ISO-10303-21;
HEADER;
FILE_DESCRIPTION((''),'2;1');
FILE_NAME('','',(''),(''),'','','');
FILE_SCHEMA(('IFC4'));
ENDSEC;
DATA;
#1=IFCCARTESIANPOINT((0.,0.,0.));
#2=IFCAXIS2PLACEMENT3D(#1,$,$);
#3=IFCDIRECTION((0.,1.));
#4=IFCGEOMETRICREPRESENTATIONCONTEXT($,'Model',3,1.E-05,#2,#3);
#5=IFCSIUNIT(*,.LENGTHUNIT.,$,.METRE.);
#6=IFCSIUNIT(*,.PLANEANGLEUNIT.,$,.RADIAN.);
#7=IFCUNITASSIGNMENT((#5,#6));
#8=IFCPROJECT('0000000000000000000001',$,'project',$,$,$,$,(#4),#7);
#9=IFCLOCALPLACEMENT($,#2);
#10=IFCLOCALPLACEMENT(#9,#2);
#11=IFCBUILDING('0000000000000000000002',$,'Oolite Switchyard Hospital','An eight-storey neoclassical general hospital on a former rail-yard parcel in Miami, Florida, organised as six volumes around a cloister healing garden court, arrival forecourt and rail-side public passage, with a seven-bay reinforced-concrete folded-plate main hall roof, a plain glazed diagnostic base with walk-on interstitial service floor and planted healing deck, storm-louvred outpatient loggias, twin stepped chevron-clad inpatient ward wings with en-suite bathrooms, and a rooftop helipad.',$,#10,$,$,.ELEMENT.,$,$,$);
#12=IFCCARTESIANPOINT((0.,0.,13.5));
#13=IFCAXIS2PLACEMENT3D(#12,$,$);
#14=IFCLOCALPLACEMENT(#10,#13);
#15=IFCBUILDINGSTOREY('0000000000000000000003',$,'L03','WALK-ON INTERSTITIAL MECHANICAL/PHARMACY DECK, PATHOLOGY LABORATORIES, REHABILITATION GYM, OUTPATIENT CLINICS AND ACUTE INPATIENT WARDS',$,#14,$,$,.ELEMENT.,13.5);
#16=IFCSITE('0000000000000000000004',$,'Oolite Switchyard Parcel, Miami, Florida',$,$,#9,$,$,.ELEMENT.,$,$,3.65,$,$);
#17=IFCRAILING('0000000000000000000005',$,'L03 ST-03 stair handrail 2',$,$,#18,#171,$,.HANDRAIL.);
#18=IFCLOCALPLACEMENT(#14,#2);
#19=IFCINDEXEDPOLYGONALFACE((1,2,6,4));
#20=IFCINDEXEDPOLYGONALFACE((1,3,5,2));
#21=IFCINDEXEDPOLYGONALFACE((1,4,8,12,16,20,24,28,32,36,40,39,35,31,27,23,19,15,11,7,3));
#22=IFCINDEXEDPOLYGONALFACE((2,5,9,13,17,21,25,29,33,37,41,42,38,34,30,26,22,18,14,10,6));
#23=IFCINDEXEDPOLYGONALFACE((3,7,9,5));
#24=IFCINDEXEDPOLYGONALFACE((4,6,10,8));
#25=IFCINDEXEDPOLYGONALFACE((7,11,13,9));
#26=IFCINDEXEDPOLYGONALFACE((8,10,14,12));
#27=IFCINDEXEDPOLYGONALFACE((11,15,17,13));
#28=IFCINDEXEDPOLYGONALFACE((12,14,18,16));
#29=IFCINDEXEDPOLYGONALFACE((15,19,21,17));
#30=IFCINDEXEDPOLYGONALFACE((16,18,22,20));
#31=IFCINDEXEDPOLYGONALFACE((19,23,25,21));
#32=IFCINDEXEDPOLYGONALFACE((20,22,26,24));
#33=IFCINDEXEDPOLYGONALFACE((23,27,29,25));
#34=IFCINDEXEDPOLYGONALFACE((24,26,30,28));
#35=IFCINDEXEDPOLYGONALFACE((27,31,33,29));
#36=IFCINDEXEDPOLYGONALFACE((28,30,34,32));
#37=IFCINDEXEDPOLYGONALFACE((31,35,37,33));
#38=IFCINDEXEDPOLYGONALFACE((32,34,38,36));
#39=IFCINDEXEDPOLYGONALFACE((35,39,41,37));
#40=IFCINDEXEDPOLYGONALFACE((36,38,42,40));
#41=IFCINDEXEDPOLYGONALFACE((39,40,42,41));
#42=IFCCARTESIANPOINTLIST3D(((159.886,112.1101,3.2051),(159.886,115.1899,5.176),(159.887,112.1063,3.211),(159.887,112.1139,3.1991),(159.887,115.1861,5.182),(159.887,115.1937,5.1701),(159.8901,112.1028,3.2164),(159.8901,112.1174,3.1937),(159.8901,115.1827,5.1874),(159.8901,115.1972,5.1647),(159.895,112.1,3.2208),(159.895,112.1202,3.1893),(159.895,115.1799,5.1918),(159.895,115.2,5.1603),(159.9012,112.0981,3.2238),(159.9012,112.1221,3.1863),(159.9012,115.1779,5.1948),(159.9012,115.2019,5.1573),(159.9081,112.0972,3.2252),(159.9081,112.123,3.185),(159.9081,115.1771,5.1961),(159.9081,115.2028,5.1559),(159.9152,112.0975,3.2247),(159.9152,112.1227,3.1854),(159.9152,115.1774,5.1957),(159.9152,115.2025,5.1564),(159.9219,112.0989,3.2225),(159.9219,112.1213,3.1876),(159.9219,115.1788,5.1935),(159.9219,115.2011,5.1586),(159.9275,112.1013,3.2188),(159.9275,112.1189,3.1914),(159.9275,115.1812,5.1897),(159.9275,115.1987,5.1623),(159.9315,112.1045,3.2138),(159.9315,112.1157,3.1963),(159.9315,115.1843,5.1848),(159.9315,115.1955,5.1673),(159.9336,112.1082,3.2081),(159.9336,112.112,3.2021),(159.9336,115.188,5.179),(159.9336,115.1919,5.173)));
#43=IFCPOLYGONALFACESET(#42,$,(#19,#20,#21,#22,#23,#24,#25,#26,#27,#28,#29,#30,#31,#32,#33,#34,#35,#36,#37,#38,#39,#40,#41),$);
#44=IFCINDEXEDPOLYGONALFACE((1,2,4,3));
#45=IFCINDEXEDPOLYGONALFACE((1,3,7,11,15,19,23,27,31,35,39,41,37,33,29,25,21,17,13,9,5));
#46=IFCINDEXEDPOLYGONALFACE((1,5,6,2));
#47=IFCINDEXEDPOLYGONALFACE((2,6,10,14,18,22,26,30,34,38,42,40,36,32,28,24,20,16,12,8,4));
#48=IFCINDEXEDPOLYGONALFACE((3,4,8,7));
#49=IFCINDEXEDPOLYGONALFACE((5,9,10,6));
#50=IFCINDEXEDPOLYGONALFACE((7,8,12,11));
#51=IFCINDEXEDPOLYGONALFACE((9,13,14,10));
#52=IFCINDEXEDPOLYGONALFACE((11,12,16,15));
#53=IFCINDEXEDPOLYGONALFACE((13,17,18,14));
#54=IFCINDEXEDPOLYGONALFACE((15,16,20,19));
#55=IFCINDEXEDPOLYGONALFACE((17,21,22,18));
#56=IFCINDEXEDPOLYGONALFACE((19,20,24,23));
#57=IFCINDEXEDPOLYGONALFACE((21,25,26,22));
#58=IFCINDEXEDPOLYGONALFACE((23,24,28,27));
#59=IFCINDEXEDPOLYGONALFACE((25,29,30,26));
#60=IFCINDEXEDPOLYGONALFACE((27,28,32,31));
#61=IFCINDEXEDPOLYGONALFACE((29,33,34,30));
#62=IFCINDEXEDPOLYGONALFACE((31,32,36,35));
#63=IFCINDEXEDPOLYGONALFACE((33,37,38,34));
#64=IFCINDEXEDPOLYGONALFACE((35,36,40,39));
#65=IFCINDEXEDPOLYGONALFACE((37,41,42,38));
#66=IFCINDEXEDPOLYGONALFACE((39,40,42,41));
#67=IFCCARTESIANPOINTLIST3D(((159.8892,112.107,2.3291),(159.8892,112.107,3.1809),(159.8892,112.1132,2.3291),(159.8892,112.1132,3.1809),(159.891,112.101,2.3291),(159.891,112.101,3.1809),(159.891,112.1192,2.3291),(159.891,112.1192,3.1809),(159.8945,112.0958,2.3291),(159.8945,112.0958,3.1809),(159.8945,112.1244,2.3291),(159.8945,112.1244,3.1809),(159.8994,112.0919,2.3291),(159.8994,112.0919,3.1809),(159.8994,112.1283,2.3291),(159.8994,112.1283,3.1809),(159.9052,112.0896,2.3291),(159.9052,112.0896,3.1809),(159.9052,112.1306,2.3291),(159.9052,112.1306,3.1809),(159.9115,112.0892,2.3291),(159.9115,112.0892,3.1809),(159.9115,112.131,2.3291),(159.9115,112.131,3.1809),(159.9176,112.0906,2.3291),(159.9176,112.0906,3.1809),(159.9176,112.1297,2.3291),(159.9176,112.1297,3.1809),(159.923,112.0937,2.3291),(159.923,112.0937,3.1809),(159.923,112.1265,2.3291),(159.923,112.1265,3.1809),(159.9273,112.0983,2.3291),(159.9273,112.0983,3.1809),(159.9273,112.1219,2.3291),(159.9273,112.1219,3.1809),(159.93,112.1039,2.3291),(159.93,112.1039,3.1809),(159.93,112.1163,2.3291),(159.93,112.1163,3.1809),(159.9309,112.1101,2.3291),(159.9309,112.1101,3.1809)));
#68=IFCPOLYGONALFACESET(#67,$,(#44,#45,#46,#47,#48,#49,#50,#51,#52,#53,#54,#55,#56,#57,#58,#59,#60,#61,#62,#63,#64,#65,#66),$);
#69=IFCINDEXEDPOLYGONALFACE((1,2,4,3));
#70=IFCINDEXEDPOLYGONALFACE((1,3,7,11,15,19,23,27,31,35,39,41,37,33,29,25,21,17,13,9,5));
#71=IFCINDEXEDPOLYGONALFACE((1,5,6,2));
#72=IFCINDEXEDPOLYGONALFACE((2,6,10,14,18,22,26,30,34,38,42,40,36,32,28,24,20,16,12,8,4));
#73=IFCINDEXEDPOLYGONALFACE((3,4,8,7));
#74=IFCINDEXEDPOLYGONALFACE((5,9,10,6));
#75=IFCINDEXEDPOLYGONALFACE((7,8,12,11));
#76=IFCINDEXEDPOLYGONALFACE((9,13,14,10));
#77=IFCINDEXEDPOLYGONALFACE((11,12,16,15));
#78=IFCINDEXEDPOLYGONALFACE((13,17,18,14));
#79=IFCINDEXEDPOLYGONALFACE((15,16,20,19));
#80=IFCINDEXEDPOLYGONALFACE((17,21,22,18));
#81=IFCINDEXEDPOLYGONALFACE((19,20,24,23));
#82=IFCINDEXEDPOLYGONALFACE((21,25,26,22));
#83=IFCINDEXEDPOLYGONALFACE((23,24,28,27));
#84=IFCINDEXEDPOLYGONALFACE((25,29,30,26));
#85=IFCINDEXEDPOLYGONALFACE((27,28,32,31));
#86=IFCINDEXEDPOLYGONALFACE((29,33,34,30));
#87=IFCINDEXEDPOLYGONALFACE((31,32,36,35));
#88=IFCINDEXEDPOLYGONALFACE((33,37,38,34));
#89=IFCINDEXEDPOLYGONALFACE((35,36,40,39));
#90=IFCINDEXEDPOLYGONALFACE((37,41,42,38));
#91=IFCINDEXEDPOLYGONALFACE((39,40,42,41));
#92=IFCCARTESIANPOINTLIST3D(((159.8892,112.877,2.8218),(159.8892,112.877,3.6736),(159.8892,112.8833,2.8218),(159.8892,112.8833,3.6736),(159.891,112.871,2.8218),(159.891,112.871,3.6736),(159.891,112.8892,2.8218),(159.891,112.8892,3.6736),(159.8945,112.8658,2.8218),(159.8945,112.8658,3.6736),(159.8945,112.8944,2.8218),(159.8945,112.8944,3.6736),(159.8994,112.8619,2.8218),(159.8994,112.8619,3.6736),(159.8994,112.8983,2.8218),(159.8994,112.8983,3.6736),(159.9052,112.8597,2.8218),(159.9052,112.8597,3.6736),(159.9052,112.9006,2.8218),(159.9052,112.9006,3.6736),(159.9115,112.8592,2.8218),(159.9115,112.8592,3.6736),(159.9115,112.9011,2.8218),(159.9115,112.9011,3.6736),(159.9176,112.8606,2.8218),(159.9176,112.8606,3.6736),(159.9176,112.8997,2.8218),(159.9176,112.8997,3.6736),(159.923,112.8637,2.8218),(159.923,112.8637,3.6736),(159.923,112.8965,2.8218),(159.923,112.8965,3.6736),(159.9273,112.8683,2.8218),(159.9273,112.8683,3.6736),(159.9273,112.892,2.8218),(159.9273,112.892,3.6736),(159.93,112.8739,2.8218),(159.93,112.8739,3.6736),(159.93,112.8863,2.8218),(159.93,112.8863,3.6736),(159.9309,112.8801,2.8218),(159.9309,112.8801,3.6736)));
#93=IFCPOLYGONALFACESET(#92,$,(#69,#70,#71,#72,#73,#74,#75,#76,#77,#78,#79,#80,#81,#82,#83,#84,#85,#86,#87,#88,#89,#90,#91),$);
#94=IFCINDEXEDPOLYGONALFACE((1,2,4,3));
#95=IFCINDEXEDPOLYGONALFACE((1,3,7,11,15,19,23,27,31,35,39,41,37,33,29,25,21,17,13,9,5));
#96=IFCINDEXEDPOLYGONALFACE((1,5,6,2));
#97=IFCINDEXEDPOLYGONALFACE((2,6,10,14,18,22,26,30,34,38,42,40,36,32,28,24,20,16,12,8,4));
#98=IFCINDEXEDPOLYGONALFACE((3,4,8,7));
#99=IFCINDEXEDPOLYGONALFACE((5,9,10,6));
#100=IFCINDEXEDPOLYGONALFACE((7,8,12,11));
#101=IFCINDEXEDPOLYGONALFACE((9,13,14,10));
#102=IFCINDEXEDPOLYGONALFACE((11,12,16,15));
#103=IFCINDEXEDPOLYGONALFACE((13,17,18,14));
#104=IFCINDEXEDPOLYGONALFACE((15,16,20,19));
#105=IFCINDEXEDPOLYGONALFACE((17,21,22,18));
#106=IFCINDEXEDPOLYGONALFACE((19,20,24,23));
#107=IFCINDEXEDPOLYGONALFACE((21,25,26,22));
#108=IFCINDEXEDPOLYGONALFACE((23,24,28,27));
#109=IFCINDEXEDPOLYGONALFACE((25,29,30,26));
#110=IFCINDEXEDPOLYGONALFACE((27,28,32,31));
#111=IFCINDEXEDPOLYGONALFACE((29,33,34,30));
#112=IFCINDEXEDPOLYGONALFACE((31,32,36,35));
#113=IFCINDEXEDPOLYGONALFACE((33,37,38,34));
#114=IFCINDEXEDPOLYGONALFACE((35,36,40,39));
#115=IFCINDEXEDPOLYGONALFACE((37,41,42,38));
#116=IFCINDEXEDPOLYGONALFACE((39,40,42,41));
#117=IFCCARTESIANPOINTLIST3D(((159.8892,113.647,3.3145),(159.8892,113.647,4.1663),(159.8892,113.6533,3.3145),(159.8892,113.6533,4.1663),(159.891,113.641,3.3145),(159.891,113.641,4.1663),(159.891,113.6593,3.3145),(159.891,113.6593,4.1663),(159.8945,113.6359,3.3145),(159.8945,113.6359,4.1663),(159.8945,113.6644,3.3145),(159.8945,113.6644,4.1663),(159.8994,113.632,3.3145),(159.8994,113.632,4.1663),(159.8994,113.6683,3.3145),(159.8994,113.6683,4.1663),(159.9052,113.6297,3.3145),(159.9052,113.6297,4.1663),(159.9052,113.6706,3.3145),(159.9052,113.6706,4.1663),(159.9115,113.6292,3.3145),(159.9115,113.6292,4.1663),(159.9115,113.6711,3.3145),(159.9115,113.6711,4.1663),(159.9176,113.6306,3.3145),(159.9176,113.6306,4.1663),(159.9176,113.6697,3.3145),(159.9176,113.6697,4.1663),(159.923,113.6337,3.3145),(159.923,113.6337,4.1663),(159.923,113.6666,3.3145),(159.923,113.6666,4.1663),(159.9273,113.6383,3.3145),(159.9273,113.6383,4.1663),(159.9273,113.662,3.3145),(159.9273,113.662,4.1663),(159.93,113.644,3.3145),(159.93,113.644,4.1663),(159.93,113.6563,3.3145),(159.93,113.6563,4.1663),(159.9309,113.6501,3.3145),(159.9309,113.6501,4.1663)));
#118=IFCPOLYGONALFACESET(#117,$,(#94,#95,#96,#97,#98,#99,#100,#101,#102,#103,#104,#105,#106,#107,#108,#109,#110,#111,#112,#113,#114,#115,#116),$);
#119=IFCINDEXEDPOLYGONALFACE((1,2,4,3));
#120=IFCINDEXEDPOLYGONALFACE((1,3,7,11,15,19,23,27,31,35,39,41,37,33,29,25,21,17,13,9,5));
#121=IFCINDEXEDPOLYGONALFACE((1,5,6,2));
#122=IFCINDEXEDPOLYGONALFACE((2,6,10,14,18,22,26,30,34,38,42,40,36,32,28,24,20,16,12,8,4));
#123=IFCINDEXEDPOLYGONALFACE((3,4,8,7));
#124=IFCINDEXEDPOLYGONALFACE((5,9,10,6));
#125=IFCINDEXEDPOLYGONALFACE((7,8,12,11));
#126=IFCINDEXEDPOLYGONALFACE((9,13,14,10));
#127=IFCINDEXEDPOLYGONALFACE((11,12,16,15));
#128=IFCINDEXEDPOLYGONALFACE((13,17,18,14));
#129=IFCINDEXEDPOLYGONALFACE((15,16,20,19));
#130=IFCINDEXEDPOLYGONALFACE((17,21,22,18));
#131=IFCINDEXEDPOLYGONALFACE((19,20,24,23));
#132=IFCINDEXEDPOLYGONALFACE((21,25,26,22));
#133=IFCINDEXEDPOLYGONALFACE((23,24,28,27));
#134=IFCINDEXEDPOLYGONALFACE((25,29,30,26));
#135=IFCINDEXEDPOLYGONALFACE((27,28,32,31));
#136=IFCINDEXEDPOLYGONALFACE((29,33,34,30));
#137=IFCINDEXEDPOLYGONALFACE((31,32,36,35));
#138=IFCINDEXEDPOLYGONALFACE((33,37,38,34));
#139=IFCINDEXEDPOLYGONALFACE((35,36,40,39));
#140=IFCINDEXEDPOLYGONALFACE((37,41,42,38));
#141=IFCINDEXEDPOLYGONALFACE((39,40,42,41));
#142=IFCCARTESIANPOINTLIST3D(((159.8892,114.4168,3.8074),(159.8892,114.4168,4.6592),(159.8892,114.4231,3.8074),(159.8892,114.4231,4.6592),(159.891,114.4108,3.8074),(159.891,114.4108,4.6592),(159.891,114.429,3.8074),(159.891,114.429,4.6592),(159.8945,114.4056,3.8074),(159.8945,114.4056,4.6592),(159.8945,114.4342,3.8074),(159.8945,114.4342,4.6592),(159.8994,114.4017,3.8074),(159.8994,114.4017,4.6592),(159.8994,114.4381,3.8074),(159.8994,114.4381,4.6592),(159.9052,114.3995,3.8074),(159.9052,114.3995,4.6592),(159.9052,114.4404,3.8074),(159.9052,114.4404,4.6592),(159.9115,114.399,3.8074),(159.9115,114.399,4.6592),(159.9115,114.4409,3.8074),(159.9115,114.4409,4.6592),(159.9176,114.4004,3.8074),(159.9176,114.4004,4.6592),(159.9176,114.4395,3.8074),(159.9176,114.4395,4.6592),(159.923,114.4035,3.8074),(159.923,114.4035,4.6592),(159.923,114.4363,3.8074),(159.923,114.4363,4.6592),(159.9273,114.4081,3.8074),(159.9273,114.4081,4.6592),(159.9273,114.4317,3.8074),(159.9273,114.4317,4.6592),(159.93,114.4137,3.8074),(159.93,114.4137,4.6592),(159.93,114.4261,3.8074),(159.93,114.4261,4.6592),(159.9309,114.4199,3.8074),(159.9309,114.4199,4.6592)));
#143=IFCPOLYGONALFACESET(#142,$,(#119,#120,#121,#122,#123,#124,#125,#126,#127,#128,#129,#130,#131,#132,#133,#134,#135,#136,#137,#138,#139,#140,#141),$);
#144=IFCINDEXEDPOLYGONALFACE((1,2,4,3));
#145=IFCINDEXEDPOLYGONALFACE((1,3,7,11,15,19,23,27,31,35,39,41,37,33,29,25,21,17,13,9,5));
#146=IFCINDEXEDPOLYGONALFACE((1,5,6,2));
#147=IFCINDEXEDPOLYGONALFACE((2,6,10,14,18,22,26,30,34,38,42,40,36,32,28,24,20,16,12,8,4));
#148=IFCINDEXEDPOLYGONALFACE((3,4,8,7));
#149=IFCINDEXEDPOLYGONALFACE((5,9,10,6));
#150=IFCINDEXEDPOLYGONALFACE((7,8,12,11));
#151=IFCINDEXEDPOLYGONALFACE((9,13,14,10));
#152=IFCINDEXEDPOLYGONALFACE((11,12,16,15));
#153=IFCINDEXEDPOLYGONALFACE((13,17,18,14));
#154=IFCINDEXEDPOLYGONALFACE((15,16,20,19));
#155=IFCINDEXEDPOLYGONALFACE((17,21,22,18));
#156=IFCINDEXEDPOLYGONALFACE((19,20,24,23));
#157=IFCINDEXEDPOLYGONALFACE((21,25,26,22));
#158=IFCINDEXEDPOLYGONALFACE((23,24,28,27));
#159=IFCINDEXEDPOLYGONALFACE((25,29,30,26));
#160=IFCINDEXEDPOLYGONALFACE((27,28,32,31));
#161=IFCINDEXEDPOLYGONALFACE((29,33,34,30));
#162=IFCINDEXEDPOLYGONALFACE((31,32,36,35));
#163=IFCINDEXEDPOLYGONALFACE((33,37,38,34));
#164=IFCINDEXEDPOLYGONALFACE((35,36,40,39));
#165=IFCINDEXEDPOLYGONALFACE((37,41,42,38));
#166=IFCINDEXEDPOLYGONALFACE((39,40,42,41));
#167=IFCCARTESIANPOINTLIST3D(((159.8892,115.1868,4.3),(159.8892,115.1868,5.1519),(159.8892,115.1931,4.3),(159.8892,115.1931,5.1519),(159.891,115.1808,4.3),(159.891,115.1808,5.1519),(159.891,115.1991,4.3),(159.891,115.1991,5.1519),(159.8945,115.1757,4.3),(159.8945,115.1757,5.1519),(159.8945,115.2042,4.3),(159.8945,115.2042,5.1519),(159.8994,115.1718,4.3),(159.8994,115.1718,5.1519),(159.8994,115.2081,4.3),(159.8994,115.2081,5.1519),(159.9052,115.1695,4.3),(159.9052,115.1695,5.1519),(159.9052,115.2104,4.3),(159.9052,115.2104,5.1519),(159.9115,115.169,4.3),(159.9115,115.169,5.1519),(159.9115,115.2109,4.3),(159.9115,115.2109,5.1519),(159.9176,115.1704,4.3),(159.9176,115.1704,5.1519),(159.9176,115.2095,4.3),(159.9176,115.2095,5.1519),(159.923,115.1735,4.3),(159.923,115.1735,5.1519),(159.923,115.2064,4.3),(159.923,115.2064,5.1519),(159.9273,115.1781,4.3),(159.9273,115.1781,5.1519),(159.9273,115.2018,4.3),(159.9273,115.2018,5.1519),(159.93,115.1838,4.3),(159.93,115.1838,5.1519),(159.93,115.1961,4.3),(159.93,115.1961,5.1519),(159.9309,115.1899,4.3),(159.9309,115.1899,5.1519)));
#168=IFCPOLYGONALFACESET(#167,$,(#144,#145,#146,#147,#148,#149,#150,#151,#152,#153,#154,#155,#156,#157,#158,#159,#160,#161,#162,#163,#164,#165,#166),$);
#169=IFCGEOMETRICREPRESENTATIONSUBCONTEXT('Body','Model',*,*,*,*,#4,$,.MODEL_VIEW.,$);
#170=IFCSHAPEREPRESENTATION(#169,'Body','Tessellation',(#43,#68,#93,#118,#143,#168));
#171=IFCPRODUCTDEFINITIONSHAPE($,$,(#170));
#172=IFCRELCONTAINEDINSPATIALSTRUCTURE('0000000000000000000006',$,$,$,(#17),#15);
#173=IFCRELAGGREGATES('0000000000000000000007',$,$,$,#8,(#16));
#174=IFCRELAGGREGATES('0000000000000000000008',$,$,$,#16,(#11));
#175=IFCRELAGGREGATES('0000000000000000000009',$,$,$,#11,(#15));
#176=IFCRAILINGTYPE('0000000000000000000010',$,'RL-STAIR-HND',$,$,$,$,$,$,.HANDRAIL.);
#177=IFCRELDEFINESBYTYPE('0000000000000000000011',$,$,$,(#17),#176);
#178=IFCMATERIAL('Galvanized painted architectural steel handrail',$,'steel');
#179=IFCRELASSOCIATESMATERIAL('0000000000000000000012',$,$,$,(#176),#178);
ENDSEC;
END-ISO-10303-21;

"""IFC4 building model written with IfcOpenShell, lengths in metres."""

from ifc_helpers import new_model, si_unit, direction, frame, origin, origin_2d, place, context, subcontext, project, spatial, circle, extrude, material, type_object, element, save


model = new_model("IFC4")

# Units and contexts
model_context = context("Model", 3, precision=1e-05, world=origin(), true_north=direction((0.0, 1.0)))
body_context = subcontext(model_context, "Body", "Model", "MODEL_VIEW")
ifc_project = project(units=[si_unit("LENGTHUNIT", "METRE"), si_unit("PLANEANGLEUNIT", "RADIAN")], contexts=[model_context])

# Site, building, storey
site_placement = place(None, origin())
site = spatial("IfcSite", under=ifc_project, at=site_placement, Name="Oolite Switchyard Parcel, Miami, Florida", CompositionType="ELEMENT", RefElevation=3.65)
building_placement = place(site_placement, origin())
building = spatial("IfcBuilding", under=site, at=building_placement, Name="Oolite Switchyard Hospital", Description="An eight-storey neoclassical general hospital on a former rail-yard parcel in Miami, Florida, organised as six volumes around a cloister healing garden court, arrival forecourt and rail-side public passage, with a seven-bay reinforced-concrete folded-plate main hall roof, a plain glazed diagnostic base with walk-on interstitial service floor and planted healing deck, storm-louvred outpatient loggias, twin stepped chevron-clad inpatient ward wings with en-suite bathrooms, and a rooftop helipad.", CompositionType="ELEMENT")
storey_placement = place(building_placement, frame((0.0, 0.0, 13.5)))
storey = spatial("IfcBuildingStorey", under=building, at=storey_placement, Name="L03", Description="WALK-ON INTERSTITIAL MECHANICAL/PHARMACY DECK, PATHOLOGY LABORATORIES, REHABILITATION GYM, OUTPATIENT CLINICS AND ACUTE INPATIENT WARDS", CompositionType="ELEMENT", Elevation=13.5)

# Railing
ifc_material_1 = material(Name="Galvanized painted architectural steel handrail", Category="steel")
railing_type_1 = type_object("IfcRailingType", Name="RL-STAIR-HND", PredefinedType="HANDRAIL", material=ifc_material_1)
railing_1_placement = place(storey_placement, frame((159.9099, 112.1101, 2.3291)))
element("IfcRailing", 1, at=railing_1_placement, inside=storey, type_object=railing_type_1, Name="L03 ST-03 stair handrail 2", PredefinedType="HANDRAIL", context=body_context, shape_type="SweptSolid", body=[
    extrude(circle(Radius=0.0239, at=origin_2d()), frame((0.0, 0.0, 0.876), z_axis=(0.0, 0.84229, 0.539025), x_axis=(-1.0, 0.0, 0.0)), (0.0, 0.0, 1.0), 3.6565),
    extrude(circle(Radius=0.021, at=origin_2d()), origin(), (0.0, 0.0, 1.0), 0.8518),
    extrude(circle(Radius=0.021, at=origin_2d()), frame((0.0, 0.77, 0.4927)), (0.0, 0.0, 1.0), 0.8518),
    extrude(circle(Radius=0.021, at=origin_2d()), frame((0.0, 1.54, 0.9854)), (0.0, 0.0, 1.0), 0.8518),
    extrude(circle(Radius=0.021, at=origin_2d()), frame((0.0, 2.3098, 1.4783)), (0.0, 0.0, 1.0), 0.8518),
    extrude(circle(Radius=0.021, at=origin_2d()), frame((0.0, 3.0798, 1.9709)), (0.0, 0.0, 1.0), 0.8518),
])

save(model, "model.ifc")
